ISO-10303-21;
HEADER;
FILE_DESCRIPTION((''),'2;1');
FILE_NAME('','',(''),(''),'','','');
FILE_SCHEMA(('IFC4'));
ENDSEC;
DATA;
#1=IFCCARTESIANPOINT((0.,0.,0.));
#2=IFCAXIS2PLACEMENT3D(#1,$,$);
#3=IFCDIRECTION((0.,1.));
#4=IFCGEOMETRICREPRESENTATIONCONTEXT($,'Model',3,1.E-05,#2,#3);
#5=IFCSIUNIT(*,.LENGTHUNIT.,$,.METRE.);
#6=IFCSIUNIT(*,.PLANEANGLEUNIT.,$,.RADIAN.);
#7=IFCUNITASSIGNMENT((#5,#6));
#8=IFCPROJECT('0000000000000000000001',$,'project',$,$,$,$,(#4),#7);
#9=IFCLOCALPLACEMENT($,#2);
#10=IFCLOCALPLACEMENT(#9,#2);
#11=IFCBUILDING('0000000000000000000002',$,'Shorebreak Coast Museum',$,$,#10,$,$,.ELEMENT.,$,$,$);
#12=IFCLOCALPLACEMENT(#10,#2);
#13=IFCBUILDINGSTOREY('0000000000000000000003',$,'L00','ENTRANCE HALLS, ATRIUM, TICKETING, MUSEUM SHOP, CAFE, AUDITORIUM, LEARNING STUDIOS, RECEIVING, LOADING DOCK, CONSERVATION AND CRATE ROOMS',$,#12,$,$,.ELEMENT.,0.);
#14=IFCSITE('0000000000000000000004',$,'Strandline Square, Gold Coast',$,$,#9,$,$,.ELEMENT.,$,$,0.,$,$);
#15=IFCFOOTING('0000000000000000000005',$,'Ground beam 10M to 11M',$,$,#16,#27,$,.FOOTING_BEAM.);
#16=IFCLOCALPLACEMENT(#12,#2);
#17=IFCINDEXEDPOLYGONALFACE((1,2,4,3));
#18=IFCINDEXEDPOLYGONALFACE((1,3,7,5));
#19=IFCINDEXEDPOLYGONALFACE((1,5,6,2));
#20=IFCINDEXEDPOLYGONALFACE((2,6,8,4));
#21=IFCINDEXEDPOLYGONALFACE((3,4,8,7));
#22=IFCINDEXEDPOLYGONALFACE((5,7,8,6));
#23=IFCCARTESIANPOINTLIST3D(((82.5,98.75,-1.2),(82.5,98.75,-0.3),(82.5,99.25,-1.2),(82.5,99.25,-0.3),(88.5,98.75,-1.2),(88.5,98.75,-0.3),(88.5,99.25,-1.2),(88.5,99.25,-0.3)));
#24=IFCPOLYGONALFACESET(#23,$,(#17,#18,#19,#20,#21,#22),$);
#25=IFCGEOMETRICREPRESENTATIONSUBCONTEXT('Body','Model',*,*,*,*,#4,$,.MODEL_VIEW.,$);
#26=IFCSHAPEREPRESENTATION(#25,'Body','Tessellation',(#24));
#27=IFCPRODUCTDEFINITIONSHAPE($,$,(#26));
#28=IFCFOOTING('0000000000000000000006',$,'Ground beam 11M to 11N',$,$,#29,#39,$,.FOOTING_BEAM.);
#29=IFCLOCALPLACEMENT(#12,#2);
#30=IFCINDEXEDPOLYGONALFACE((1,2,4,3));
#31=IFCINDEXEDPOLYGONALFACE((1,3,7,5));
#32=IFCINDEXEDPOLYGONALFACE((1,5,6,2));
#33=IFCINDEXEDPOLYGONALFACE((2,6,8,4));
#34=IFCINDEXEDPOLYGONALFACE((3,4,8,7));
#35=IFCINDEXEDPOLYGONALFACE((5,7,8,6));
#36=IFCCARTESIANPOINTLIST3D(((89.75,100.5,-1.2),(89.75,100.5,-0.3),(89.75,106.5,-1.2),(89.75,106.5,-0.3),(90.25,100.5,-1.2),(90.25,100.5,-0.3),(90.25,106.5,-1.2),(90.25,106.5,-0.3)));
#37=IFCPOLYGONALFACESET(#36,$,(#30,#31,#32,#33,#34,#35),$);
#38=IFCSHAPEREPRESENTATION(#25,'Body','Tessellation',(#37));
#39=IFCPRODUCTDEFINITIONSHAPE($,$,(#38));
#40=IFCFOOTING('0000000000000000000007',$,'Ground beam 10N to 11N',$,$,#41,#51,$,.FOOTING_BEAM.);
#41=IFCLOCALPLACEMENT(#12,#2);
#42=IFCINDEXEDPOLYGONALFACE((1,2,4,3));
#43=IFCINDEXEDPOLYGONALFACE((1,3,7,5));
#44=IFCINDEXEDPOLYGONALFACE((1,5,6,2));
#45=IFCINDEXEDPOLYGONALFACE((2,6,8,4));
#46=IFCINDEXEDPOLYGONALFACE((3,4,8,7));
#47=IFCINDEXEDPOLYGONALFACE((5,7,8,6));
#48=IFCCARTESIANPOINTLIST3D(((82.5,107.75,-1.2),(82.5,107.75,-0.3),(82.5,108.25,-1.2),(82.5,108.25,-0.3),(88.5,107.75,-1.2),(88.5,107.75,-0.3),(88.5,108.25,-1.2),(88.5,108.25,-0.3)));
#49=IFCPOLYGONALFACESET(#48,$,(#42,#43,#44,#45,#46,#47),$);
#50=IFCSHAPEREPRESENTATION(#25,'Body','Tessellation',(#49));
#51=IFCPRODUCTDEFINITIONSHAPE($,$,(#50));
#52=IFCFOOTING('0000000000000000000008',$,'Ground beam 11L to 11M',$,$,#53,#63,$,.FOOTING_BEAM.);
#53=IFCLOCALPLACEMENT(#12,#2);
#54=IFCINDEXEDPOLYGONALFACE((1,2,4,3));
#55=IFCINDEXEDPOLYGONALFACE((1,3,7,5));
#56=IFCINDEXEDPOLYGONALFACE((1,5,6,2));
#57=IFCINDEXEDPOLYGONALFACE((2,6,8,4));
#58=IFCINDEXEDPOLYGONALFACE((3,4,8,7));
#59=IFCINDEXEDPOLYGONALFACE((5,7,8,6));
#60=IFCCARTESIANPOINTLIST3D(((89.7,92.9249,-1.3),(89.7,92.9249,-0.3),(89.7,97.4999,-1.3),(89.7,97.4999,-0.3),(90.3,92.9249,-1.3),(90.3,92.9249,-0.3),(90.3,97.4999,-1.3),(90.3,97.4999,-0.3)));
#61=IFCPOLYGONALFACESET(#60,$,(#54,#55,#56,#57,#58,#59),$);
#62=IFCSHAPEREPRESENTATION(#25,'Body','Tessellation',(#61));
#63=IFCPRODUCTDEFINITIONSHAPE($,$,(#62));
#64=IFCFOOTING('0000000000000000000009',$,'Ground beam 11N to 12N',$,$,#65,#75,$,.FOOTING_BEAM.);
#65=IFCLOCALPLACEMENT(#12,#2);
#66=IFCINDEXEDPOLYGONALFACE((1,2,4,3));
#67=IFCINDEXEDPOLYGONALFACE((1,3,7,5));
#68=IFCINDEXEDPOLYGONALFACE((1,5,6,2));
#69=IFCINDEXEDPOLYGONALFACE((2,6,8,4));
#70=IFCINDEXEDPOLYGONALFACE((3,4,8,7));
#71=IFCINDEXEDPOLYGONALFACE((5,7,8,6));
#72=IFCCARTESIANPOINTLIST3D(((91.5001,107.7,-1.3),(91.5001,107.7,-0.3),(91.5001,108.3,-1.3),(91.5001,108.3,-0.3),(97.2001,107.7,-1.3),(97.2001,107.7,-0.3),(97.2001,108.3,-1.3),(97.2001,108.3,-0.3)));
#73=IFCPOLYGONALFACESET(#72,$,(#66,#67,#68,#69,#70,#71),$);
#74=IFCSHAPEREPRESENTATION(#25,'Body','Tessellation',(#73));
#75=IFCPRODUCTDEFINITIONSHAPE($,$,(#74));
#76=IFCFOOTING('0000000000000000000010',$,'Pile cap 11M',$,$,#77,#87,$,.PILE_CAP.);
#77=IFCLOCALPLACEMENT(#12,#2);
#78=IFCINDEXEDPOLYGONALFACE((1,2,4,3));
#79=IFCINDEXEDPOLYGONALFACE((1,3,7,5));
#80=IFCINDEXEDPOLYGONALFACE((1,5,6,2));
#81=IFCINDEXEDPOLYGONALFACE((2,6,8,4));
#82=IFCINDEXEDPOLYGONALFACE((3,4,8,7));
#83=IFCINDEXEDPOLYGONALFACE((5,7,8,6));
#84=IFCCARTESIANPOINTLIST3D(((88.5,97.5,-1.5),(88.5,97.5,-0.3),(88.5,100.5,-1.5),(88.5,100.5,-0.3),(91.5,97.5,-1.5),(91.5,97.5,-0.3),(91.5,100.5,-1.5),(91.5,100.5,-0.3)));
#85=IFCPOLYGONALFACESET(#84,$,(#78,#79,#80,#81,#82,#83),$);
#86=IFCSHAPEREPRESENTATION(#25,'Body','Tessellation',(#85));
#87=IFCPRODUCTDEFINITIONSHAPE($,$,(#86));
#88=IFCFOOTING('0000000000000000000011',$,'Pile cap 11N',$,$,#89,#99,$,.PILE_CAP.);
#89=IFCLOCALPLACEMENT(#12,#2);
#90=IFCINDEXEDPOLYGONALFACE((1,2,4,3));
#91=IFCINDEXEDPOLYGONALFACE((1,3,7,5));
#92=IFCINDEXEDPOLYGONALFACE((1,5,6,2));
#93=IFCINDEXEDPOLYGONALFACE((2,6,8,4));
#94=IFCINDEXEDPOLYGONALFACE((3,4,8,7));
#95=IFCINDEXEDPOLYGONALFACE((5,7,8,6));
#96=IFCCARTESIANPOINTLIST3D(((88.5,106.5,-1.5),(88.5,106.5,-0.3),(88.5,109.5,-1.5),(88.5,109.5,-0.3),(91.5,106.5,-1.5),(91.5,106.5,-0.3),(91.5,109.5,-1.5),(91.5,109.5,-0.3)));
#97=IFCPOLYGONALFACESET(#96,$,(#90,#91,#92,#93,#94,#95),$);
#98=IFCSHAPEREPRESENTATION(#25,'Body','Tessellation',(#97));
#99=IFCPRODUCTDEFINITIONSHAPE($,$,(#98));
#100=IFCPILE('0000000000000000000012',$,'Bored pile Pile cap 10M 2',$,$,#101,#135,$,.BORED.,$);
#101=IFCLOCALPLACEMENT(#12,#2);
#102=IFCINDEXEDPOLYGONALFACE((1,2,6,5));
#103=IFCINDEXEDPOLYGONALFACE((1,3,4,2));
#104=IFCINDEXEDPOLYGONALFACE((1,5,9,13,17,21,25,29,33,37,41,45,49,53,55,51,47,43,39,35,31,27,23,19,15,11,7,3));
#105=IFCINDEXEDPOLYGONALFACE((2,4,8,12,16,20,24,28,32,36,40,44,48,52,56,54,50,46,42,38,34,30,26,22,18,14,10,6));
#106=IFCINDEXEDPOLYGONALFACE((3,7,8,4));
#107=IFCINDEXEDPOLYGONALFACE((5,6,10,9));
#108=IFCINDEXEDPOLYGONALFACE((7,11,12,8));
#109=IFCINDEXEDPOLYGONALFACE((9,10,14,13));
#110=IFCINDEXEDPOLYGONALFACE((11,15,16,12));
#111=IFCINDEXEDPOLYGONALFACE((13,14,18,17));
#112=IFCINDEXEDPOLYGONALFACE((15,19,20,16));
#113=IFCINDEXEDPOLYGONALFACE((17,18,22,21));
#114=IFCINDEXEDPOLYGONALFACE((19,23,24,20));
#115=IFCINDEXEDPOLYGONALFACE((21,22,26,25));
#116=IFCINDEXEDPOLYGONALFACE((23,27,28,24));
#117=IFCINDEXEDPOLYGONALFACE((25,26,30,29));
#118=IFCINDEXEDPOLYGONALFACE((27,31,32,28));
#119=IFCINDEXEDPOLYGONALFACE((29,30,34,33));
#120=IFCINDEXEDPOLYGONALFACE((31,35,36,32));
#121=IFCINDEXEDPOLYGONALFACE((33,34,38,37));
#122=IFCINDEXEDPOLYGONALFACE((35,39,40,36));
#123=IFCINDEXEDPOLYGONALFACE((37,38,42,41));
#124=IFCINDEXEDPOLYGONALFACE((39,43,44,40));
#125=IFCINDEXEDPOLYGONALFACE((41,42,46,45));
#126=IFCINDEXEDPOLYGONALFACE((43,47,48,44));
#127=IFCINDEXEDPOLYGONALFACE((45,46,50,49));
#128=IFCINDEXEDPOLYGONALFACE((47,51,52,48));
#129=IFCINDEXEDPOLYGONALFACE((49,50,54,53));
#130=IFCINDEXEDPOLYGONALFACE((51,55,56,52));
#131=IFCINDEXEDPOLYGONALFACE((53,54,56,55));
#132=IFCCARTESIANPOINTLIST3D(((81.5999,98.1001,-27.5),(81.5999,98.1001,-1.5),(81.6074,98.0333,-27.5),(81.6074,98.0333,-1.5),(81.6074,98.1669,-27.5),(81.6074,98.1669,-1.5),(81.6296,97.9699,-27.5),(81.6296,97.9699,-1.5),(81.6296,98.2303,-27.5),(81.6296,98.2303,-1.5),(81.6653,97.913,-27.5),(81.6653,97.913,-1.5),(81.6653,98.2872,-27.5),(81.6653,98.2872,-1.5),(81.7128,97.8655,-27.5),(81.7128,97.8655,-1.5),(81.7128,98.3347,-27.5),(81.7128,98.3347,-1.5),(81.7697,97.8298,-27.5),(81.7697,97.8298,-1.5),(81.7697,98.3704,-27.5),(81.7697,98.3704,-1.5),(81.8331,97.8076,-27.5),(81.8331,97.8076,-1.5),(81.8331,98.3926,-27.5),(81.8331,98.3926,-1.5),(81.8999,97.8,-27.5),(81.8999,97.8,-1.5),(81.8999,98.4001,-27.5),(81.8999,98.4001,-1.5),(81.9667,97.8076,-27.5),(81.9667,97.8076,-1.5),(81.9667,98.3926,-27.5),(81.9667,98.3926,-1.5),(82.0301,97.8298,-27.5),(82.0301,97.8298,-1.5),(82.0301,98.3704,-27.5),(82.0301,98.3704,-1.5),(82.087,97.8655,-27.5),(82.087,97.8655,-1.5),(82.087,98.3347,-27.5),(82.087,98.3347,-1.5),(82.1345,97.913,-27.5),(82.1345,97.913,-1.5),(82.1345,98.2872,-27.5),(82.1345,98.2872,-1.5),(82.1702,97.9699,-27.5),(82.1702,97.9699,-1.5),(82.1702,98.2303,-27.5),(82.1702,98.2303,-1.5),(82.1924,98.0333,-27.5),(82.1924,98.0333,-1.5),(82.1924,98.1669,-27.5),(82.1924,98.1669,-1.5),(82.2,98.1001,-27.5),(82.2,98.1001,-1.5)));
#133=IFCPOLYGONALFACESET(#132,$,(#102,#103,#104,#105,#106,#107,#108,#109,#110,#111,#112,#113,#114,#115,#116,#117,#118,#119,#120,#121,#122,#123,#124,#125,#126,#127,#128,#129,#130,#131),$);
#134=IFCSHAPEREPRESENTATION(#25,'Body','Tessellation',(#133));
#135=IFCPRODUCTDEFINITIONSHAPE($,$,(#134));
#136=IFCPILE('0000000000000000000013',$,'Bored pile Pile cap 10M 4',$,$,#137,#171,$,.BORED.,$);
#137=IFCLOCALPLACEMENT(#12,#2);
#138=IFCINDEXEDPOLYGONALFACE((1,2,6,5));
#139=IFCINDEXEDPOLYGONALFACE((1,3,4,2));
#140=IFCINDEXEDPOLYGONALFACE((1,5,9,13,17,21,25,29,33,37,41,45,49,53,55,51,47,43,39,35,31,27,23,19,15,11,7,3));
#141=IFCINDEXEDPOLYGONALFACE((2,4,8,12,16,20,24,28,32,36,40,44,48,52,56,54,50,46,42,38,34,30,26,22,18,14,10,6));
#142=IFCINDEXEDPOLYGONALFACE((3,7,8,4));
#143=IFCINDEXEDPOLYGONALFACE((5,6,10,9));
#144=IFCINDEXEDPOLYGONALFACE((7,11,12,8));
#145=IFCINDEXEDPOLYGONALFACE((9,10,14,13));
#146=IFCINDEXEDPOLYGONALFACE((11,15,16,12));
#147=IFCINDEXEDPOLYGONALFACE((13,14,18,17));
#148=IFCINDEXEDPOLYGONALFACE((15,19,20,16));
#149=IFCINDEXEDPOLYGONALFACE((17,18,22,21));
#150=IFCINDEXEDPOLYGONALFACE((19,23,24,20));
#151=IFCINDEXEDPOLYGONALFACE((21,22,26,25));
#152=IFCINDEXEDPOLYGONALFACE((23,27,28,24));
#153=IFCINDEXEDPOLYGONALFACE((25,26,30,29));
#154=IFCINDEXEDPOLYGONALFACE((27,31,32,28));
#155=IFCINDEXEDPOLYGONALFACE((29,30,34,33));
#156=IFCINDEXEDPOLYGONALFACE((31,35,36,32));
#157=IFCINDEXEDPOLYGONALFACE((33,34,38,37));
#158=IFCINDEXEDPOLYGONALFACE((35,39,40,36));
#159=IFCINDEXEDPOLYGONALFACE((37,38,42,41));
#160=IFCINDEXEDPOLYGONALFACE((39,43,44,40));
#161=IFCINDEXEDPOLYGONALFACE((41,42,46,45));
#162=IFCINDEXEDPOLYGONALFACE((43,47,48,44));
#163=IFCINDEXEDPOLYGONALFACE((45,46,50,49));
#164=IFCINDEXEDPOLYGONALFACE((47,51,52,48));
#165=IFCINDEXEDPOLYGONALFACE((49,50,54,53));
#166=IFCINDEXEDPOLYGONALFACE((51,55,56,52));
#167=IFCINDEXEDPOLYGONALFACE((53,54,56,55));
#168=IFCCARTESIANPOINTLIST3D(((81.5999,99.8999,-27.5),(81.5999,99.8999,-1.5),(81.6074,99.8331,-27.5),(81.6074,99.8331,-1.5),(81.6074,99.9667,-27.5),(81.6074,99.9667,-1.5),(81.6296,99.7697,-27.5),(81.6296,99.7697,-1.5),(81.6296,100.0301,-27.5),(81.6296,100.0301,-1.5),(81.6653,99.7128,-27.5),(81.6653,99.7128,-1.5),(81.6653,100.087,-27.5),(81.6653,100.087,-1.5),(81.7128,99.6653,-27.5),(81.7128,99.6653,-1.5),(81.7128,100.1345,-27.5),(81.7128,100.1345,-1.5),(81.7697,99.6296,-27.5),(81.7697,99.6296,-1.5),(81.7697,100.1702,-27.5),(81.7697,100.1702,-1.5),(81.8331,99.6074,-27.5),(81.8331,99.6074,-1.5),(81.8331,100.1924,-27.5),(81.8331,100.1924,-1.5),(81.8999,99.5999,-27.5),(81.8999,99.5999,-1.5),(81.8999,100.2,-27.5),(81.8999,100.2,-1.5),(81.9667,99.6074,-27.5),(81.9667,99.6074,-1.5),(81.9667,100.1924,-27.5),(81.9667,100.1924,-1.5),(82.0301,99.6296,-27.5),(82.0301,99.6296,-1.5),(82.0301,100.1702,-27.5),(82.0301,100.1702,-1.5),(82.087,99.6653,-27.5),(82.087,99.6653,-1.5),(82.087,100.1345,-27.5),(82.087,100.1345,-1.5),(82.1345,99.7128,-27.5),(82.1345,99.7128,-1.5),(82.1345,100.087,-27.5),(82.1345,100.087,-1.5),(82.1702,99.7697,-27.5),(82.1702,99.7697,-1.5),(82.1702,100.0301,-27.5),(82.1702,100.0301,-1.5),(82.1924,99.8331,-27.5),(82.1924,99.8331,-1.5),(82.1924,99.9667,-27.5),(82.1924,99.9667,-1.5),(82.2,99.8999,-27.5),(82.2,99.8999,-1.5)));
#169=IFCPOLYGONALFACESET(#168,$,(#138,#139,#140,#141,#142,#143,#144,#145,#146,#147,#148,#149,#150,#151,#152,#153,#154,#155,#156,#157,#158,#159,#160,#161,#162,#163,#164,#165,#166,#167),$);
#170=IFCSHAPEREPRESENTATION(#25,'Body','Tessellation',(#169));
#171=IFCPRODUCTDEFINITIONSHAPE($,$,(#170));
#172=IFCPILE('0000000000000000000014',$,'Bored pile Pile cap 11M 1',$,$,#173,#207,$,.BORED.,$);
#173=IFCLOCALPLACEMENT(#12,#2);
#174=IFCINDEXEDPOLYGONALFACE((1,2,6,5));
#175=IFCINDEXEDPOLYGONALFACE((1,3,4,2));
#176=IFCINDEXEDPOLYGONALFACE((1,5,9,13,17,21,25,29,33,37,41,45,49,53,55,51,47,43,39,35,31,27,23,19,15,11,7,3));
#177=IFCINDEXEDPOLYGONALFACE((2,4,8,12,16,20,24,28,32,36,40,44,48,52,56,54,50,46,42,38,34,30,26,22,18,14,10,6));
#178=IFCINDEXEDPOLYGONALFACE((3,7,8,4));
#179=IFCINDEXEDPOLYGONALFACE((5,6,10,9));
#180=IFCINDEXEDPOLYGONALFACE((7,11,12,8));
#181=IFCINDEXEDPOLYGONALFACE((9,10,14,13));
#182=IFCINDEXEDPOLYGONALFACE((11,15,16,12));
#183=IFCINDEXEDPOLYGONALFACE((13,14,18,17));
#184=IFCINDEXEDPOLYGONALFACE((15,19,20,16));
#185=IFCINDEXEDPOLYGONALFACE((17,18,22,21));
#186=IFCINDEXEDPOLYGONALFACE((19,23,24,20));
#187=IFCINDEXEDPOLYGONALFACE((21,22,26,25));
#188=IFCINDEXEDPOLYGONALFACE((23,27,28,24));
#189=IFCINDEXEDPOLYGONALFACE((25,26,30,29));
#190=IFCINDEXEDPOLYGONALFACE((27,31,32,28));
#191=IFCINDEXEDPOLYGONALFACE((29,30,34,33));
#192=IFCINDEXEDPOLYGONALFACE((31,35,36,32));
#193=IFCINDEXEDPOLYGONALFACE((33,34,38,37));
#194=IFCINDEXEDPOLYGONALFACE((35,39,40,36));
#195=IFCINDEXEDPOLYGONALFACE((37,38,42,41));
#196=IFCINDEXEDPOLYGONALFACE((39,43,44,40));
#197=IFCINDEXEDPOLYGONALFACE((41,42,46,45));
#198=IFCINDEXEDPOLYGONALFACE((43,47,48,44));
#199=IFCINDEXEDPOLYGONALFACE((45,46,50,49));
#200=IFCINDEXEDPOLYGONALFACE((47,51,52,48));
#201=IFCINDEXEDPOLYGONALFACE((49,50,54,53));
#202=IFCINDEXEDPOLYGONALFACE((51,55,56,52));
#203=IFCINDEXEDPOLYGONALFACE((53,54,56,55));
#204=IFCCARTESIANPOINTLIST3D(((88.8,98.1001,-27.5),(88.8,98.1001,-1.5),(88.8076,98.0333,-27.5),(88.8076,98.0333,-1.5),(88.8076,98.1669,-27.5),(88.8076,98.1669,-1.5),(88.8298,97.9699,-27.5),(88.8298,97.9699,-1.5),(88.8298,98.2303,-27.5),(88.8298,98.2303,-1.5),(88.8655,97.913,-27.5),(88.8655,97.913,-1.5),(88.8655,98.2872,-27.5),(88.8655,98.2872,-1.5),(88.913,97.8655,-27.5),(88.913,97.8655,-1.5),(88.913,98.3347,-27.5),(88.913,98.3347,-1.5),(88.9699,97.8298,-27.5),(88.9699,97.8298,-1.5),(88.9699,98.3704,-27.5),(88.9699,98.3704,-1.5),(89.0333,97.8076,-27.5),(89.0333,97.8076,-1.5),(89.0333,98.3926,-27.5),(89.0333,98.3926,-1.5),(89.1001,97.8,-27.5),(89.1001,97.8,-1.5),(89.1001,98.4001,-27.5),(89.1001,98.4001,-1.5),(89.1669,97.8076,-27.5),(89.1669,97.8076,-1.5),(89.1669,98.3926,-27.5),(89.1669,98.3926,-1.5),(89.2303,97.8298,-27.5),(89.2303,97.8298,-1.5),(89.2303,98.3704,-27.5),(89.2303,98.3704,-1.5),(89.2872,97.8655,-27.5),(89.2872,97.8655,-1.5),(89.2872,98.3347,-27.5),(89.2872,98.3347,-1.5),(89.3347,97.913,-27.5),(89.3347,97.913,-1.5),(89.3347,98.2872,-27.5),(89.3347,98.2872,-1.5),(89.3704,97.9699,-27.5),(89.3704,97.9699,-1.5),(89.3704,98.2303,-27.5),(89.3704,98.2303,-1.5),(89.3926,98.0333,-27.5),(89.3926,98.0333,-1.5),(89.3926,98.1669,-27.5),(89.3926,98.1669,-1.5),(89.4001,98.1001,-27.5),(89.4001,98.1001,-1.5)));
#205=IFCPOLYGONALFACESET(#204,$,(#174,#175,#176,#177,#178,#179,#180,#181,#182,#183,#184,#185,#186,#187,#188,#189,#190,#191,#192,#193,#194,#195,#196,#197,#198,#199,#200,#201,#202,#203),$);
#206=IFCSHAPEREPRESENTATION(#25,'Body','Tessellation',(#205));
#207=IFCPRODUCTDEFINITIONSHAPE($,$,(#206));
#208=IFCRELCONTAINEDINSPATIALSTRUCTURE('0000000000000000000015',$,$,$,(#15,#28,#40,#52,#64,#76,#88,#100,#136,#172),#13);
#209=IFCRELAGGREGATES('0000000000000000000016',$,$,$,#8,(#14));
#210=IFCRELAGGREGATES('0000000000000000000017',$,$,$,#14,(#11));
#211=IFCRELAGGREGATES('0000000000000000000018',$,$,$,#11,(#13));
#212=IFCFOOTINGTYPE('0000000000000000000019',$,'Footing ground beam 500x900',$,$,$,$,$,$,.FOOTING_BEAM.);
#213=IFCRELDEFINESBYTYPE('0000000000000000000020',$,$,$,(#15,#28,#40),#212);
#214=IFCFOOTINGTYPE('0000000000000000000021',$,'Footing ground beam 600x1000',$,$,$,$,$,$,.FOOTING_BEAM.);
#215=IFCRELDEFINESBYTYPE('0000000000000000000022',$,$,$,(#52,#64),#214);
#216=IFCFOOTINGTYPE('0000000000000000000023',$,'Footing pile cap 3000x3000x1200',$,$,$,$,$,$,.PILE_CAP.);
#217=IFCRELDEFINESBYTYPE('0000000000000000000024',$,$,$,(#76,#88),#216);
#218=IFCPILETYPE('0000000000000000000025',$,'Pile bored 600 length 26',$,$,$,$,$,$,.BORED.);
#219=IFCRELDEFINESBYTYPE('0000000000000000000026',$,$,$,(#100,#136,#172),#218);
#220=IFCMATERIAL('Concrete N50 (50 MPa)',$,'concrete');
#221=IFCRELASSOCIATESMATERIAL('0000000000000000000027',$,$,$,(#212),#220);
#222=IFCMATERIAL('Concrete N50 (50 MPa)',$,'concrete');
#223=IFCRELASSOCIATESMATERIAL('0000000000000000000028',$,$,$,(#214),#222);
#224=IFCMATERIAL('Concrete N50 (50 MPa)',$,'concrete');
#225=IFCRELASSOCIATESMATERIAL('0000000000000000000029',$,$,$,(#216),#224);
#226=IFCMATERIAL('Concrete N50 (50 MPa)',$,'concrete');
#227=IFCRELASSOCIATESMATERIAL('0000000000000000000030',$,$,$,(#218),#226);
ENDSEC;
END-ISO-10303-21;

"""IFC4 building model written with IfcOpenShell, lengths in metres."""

from ifc_helpers import new_model, si_unit, direction, frame, origin, origin_2d, place, context, subcontext, project, spatial, rectangle, circle, extrude, material, material_profile, profile_set, type_object, element, save


model = new_model("IFC4")

# Units and contexts
model_context = context("Model", 3, precision=1e-05, world=origin(), true_north=direction((0.0, 1.0)))
body_context = subcontext(model_context, "Body", "Model", "MODEL_VIEW")
ifc_project = project(units=[si_unit("LENGTHUNIT", "METRE"), si_unit("PLANEANGLEUNIT", "RADIAN")], contexts=[model_context])

# Site, building, storey
site_placement = place(None, origin())
site = spatial("IfcSite", under=ifc_project, at=site_placement, Name="Strandline Square, Gold Coast", CompositionType="ELEMENT", RefElevation=0.0)
building_placement = place(site_placement, origin())
building = spatial("IfcBuilding", under=site, at=building_placement, Name="Shorebreak Coast Museum", CompositionType="ELEMENT")
storey_placement = place(building_placement, origin())
storey = spatial("IfcBuildingStorey", under=building, at=storey_placement, Name="L00", Description="ENTRANCE HALLS, ATRIUM, TICKETING, MUSEUM SHOP, CAFE, AUDITORIUM, LEARNING STUDIOS, RECEIVING, LOADING DOCK, CONSERVATION AND CRATE ROOMS", CompositionType="ELEMENT", Elevation=0.0)

# Footings
ifc_material_1 = material(Name="Concrete N50 (50 MPa)", Category="concrete")
footing_type_1 = type_object("IfcFootingType", Name="Footing ground beam 500x900", PredefinedType="FOOTING_BEAM", material=ifc_material_1)
footing_1_placement = place(storey_placement, frame((85.5, 99.0, -1.2), z_axis=(0.0, 0.0, 1.0), x_axis=(1.0, 0.0, 0.0)))
element("IfcFooting", 1, at=footing_1_placement, inside=storey, type_object=footing_type_1, Name="Ground beam 10M to 11M", PredefinedType="FOOTING_BEAM", context=body_context, shape_type="SweptSolid", body=[
    extrude(rectangle(XDim=6.0, YDim=0.5, at=origin_2d()), origin(), (0.0, 0.0, 1.0), 0.8999),
])
footing_2_placement = place(storey_placement, frame((90.0, 103.5, -1.2), z_axis=(0.0, 0.0, 1.0), x_axis=(1.0, 0.0, 0.0)))
element("IfcFooting", 2, at=footing_2_placement, inside=storey, type_object=footing_type_1, Name="Ground beam 11M to 11N", PredefinedType="FOOTING_BEAM", context=body_context, shape_type="SweptSolid", body=[
    extrude(rectangle(XDim=0.5, YDim=6.0, at=origin_2d()), origin(), (0.0, 0.0, 1.0), 0.8999),
])
footing_3_placement = place(storey_placement, frame((85.5, 108.0, -1.2), z_axis=(0.0, 0.0, 1.0), x_axis=(1.0, 0.0, 0.0)))
element("IfcFooting", 3, at=footing_3_placement, inside=storey, type_object=footing_type_1, Name="Ground beam 10N to 11N", PredefinedType="FOOTING_BEAM", context=body_context, shape_type="SweptSolid", body=[
    extrude(rectangle(XDim=6.0, YDim=0.5, at=origin_2d()), origin(), (0.0, 0.0, 1.0), 0.8999),
])
ifc_material_2 = material(Name="Concrete N50 (50 MPa)", Category="concrete")
footing_type_2 = type_object("IfcFootingType", Name="Footing ground beam 600x1000", PredefinedType="FOOTING_BEAM", material=ifc_material_2)
footing_4_placement = place(storey_placement, frame((90.0, 95.2124, -1.3), z_axis=(0.0, 0.0, 1.0), x_axis=(1.0, 0.0, 0.0)))
element("IfcFooting", 4, at=footing_4_placement, inside=storey, type_object=footing_type_2, Name="Ground beam 11L to 11M", PredefinedType="FOOTING_BEAM", context=body_context, shape_type="SweptSolid", body=[
    extrude(rectangle(XDim=0.6001, YDim=4.575, at=origin_2d()), origin(), (0.0, 0.0, 1.0), 1.0),
])
footing_5_placement = place(storey_placement, frame((94.3501, 108.0, -1.3), z_axis=(0.0, 0.0, 1.0), x_axis=(1.0, 0.0, 0.0)))
element("IfcFooting", 5, at=footing_5_placement, inside=storey, type_object=footing_type_2, Name="Ground beam 11N to 12N", PredefinedType="FOOTING_BEAM", context=body_context, shape_type="SweptSolid", body=[
    extrude(rectangle(XDim=5.7, YDim=0.6001, at=origin_2d()), origin(), (0.0, 0.0, 1.0), 1.0),
])
ifc_material_3 = material(Name="Concrete N50 (50 MPa)", Category="concrete")
footing_type_3 = type_object("IfcFootingType", Name="Footing pile cap 3000x3000x1200", PredefinedType="PILE_CAP", material=ifc_material_3)
for number, where, z_axis, x_axis, name in (
    (6, (90.0, 99.0, -1.5), (0.0, 0.0, 1.0), (1.0, 0.0, 0.0), "Pile cap 11M"),
    (7, (90.0, 108.0, -1.5), (0.0, 0.0, 1.0), (1.0, 0.0, 0.0), "Pile cap 11N"),
):
    element("IfcFooting", number, at=place(storey_placement, frame(where, z_axis=z_axis, x_axis=x_axis)), inside=storey, type_object=footing_type_3, Name=name, PredefinedType="PILE_CAP", context=body_context, shape_type="SweptSolid", body=[
        extrude(rectangle(XDim=3.0, YDim=3.0, at=origin_2d()), origin(), (0.0, 0.0, 1.0), 1.2),
    ])

# Piles
ifc_material_4 = material(Name="Concrete N50 (50 MPa)", Category="concrete")
ifc_material_profile_1 = material_profile(ifc_material_4, circle(Radius=0.3, at=origin_2d()), Name="Pile bored 600 length 26")
ifc_profile_set_1 = profile_set([ifc_material_profile_1], Name="Concrete N50 (50 MPa)")
pile_type_1 = type_object("IfcPileType", Name="Pile bored 600 length 26", PredefinedType="BORED", material=ifc_profile_set_1)
for number, where, z_axis, x_axis, name in (
    (8, (81.8999, 98.1001, -1.5), (0.0, 0.0, -1.0), (1.0, 0.0, 0.0), "Bored pile Pile cap 10M 2"),
    (9, (81.8999, 99.8999, -1.5), (0.0, 0.0, -1.0), (1.0, 0.0, 0.0), "Bored pile Pile cap 10M 4"),
    (10, (89.1001, 98.1001, -1.5), (0.0, 0.0, -1.0), (1.0, 0.0, 0.0), "Bored pile Pile cap 11M 1"),
):
    element("IfcPile", number, at=place(storey_placement, frame(where, z_axis=z_axis, x_axis=x_axis)), inside=storey, type_object=pile_type_1, Name=name, PredefinedType="BORED", context=body_context, shape_type="SweptSolid", body=[
        extrude(circle(Radius=0.3, at=origin_2d()), origin(), (0.0, 0.0, 1.0), 26.0),
    ])

save(model, "model.ifc")
